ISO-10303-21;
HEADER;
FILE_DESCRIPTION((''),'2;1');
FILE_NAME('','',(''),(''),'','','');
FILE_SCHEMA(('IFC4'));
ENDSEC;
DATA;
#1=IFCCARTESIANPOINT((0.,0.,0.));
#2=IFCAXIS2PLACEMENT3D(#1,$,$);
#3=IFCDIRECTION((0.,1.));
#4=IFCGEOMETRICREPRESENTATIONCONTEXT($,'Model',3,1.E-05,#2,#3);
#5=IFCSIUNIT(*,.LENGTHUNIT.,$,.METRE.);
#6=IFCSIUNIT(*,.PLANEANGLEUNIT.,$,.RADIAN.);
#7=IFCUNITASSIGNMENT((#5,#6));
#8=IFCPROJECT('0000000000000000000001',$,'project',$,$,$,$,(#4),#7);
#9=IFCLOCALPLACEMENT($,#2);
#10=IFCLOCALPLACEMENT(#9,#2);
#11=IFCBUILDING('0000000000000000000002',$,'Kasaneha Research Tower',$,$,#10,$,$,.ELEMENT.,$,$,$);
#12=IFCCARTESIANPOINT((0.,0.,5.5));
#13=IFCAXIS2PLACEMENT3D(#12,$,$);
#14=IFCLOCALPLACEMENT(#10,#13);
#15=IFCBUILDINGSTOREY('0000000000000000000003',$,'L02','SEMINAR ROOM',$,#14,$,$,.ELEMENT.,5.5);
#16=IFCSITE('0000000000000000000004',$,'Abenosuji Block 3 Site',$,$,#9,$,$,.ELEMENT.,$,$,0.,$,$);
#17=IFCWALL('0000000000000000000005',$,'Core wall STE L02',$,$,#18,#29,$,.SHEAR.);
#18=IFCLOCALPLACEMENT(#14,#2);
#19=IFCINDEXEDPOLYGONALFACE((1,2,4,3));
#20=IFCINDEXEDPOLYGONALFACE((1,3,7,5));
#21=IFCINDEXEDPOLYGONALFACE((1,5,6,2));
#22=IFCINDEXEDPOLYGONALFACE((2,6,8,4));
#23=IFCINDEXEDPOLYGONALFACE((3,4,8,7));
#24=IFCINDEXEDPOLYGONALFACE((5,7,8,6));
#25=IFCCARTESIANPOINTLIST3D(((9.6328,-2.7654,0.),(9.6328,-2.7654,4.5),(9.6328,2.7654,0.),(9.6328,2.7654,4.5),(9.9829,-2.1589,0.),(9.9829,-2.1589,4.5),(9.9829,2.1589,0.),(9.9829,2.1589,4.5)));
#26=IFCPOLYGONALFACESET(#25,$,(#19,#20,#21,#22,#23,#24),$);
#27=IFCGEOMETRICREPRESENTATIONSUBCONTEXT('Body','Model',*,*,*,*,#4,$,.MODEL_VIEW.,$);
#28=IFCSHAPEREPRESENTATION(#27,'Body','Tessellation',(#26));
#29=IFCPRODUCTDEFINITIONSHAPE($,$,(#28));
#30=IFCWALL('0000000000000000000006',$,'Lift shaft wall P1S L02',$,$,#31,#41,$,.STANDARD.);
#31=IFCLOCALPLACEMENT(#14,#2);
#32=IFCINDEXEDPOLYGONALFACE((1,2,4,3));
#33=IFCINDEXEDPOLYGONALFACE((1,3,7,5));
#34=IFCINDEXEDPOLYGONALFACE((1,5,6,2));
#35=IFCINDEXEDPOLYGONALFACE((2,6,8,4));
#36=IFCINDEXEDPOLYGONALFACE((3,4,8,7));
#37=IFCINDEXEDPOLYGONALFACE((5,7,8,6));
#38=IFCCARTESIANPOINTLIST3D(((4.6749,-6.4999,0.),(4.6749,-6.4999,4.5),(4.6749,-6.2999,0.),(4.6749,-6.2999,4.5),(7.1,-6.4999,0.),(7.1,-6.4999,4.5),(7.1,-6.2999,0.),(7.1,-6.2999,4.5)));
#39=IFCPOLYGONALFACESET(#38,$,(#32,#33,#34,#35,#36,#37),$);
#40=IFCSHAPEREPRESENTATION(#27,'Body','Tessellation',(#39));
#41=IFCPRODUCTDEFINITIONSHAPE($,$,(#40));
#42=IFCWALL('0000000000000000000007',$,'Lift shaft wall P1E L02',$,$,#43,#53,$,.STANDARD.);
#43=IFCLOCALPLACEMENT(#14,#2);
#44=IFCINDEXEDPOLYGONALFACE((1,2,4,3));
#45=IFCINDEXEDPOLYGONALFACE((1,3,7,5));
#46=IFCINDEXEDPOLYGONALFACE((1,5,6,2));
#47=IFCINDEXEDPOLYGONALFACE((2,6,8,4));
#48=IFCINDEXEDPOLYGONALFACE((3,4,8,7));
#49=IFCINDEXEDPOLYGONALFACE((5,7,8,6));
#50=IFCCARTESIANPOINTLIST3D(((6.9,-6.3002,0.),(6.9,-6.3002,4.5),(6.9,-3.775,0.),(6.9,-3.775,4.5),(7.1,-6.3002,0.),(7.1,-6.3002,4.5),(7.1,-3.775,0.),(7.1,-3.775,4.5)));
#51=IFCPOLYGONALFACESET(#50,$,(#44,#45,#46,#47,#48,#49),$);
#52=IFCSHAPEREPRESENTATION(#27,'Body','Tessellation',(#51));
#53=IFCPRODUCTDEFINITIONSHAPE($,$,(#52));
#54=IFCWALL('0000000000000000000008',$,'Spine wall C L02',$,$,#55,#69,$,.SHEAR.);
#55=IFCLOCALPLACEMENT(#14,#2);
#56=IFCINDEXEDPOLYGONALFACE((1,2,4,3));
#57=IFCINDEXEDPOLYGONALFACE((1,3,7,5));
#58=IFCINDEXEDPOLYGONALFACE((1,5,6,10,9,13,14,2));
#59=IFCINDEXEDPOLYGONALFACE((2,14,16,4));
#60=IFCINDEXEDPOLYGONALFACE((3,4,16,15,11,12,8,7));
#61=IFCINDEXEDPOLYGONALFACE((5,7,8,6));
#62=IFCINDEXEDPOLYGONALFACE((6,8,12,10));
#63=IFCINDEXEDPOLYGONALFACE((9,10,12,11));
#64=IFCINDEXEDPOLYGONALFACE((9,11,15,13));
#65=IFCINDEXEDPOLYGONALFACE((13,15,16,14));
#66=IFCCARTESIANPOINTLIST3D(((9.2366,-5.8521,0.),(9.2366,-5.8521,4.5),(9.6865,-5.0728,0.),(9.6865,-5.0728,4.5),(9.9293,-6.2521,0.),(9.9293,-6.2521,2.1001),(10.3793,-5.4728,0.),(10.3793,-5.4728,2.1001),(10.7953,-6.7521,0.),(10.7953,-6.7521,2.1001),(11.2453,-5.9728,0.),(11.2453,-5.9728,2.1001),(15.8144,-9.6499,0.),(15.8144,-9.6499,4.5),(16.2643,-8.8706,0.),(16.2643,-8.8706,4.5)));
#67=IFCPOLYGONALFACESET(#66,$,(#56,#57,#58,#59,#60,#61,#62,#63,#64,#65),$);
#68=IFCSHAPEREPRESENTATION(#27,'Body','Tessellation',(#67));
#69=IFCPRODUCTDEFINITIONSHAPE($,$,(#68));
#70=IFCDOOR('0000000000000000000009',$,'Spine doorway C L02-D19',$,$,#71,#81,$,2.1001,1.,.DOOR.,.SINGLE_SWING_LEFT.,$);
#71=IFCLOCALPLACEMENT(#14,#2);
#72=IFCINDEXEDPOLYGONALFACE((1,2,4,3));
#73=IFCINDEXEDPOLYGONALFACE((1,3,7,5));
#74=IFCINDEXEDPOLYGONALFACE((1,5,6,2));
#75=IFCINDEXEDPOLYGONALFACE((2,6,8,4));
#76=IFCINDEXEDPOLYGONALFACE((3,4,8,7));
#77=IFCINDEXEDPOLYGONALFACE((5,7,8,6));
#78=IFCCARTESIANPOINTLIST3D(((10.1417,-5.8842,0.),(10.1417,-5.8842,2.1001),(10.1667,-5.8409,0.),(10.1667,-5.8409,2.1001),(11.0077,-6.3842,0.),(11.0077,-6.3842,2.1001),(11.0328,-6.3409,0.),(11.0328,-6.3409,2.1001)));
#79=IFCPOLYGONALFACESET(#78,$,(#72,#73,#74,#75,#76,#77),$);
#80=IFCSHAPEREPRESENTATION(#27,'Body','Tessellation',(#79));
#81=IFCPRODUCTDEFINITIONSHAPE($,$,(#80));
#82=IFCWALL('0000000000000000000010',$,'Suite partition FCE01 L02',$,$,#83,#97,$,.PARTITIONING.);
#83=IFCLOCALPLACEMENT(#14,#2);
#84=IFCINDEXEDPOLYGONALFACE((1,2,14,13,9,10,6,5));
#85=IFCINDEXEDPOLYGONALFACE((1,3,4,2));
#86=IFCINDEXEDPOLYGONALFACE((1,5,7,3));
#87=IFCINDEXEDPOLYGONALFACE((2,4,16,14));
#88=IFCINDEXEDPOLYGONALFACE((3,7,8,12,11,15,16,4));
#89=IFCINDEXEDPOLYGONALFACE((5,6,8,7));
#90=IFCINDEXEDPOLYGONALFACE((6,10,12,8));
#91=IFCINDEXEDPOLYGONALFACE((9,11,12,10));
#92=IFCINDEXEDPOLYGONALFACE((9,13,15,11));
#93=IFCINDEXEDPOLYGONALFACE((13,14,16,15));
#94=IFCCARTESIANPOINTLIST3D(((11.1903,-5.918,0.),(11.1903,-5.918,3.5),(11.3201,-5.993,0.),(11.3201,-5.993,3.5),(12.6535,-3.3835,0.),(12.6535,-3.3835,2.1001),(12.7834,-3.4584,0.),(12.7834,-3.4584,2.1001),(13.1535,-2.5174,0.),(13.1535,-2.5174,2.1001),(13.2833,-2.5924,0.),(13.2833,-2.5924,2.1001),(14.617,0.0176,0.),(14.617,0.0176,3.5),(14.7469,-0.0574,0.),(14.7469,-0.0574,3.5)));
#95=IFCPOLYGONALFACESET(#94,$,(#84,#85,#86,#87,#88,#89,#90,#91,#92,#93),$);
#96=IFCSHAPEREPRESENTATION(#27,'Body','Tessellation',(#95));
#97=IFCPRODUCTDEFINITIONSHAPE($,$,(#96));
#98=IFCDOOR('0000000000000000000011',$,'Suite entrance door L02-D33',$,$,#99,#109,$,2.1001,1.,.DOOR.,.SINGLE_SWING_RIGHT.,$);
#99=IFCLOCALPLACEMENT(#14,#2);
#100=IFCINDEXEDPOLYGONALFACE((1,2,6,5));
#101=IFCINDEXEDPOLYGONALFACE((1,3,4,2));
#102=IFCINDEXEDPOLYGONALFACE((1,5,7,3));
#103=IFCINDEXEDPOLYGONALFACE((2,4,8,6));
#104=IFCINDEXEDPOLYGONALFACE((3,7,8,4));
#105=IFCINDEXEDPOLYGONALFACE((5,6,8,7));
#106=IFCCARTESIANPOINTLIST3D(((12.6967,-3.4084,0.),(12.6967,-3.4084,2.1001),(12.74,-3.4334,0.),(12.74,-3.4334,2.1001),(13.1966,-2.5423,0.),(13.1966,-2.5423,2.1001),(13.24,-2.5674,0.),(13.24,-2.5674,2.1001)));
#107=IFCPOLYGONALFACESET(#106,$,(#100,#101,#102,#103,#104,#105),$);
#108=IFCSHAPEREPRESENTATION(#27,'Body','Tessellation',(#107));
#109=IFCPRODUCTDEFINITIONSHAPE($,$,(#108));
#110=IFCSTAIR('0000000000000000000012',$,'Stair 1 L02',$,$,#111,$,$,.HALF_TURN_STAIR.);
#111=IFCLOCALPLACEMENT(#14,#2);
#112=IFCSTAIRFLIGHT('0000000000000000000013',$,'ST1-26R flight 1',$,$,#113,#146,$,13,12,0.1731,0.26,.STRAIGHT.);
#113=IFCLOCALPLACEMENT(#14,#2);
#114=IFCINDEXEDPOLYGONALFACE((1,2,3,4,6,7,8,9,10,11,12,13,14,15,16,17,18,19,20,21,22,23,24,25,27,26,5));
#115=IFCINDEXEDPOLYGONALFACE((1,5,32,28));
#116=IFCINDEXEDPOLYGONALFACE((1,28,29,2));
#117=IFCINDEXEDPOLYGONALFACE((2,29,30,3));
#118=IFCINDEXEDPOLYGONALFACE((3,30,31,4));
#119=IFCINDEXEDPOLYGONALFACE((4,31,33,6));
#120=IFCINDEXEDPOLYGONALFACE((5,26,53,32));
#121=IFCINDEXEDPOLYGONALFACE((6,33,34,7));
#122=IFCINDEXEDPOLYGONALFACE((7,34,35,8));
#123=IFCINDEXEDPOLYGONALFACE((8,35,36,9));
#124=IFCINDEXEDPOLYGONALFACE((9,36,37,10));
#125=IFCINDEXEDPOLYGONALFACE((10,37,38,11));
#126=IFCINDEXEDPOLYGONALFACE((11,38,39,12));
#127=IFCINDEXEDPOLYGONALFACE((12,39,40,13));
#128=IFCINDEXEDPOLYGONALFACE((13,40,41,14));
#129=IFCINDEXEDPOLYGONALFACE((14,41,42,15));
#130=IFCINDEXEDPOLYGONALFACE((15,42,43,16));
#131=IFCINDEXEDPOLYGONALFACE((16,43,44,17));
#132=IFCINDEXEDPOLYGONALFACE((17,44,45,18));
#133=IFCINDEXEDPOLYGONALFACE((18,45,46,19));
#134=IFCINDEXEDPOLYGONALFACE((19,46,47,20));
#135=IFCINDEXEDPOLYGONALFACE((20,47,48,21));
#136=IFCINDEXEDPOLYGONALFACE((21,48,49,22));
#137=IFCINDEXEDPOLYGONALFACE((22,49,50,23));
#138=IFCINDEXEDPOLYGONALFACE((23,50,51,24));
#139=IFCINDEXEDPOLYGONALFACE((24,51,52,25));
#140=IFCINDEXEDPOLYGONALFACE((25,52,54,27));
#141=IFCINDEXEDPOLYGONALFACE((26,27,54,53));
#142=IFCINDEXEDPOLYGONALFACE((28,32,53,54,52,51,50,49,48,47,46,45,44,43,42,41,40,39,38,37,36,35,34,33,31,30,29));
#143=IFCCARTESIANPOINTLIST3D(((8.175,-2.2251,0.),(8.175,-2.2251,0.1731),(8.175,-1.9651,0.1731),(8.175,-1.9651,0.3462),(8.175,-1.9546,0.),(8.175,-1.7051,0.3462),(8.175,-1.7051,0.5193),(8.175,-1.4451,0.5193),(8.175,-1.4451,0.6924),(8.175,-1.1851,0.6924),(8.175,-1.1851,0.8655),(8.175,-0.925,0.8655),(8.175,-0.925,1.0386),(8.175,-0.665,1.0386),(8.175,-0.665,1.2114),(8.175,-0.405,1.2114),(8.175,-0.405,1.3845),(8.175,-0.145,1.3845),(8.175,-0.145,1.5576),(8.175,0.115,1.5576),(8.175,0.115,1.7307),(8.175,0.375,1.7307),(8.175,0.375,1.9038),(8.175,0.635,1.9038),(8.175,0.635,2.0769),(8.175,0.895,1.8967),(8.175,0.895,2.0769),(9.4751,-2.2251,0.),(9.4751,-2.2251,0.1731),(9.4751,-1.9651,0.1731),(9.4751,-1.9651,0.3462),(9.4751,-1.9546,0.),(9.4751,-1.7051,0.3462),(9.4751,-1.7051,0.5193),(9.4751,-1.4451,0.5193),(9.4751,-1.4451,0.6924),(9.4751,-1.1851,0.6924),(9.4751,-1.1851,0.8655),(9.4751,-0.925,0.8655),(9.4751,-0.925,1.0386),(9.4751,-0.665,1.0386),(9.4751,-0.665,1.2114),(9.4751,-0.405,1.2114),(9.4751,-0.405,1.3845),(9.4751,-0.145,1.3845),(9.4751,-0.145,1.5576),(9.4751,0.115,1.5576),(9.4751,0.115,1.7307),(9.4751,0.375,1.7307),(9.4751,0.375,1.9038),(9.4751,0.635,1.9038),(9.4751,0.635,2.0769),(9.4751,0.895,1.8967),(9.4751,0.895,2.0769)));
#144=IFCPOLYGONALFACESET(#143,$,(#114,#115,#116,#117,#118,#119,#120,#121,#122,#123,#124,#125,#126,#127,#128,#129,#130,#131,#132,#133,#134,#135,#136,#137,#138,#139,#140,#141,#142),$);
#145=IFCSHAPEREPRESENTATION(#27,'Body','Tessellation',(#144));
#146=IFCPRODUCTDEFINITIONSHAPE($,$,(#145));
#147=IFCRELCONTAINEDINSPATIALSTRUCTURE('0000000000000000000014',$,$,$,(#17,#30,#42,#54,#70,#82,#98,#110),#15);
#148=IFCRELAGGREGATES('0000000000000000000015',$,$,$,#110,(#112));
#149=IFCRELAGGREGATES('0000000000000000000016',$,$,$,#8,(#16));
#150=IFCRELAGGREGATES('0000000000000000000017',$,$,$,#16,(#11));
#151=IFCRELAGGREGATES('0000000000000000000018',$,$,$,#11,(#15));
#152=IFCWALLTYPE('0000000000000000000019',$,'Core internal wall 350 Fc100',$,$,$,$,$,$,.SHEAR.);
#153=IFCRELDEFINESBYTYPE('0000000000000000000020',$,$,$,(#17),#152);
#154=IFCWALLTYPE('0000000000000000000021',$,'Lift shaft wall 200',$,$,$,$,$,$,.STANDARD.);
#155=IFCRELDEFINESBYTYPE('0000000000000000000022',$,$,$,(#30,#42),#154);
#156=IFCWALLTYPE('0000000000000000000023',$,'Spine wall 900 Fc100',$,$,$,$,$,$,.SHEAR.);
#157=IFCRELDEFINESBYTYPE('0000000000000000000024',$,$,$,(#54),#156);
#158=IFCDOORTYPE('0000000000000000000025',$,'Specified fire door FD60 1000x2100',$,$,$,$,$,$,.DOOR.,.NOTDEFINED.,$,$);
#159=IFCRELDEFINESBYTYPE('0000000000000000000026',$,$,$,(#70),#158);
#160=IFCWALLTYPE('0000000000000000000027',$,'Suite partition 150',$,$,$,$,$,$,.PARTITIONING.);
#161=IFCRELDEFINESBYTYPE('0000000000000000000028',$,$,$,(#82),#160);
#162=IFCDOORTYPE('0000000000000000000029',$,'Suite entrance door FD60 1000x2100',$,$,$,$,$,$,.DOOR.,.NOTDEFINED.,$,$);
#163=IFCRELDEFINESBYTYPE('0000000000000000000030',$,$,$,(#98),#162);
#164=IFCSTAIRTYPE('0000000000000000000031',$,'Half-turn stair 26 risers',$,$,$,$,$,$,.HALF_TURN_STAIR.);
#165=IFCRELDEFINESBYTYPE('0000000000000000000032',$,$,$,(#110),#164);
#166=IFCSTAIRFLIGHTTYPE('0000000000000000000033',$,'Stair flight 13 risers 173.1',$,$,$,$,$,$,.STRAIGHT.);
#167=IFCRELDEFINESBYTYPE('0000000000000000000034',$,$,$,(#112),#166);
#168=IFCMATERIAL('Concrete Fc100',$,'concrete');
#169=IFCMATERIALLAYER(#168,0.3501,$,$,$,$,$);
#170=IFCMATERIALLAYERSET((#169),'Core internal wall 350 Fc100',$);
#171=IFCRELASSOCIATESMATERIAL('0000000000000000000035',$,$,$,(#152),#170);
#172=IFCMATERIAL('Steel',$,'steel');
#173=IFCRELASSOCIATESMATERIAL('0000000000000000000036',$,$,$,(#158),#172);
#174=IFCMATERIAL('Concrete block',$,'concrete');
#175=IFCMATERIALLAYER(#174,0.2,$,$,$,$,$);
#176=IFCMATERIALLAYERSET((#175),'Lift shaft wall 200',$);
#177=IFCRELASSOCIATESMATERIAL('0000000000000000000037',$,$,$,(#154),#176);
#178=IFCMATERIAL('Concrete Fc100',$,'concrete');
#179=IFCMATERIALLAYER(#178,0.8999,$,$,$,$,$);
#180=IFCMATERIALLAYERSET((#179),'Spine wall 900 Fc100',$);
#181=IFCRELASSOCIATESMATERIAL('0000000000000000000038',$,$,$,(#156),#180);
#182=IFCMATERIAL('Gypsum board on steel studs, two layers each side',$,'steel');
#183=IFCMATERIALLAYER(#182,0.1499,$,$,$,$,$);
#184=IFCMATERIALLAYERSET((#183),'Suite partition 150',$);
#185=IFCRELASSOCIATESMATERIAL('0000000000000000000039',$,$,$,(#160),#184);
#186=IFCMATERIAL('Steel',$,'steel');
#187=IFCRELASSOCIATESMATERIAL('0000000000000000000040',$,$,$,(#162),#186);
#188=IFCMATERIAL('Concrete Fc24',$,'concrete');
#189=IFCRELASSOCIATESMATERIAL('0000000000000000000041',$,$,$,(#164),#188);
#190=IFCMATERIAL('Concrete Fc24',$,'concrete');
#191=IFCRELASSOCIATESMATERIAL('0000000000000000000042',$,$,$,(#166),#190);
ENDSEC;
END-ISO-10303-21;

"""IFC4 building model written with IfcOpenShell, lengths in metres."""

from ifc_helpers import new_model, si_unit, direction, frame, frame_2d, origin, place, context, subcontext, project, spatial, polyline, rectangle, outline, extrude, material, layer, layer_set, type_object, element, fill, aggregate, save


model = new_model("IFC4")

# Units and contexts
model_context = context("Model", 3, precision=1e-05, world=origin(), true_north=direction((0.0, 1.0)))
body_context = subcontext(model_context, "Body", "Model", "MODEL_VIEW")
ifc_project = project(units=[si_unit("LENGTHUNIT", "METRE"), si_unit("PLANEANGLEUNIT", "RADIAN")], contexts=[model_context])

# Site, building, storey
site_placement = place(None, origin())
site = spatial("IfcSite", under=ifc_project, at=site_placement, Name="Abenosuji Block 3 Site", CompositionType="ELEMENT", RefElevation=0.0)
building_placement = place(site_placement, origin())
building = spatial("IfcBuilding", under=site, at=building_placement, Name="Kasaneha Research Tower", CompositionType="ELEMENT")
storey_placement = place(building_placement, frame((0.0, 0.0, 5.5)))
storey = spatial("IfcBuildingStorey", under=building, at=storey_placement, Name="L02", Description="SEMINAR ROOM", CompositionType="ELEMENT", Elevation=5.5)

# Shared definitions
ifc_material_1 = material(Name="Concrete Fc100", Category="concrete")
ifc_layer_1 = layer(ifc_material_1, 0.3501)
ifc_layer_set_1 = layer_set([ifc_layer_1], Name="Core internal wall 350 Fc100")
wall_type_1 = type_object("IfcWallType", Name="Core internal wall 350 Fc100", PredefinedType="SHEAR", material=ifc_layer_set_1)
ifc_material_2 = material(Name="Steel", Category="steel")
door_type_1 = type_object("IfcDoorType", Name="Specified fire door FD60 1000x2100", OperationType="NOTDEFINED", PredefinedType="DOOR", material=ifc_material_2)

# Walls
wall_1_placement = place(storey_placement, frame((9.8079, -2.4622, 0.0), z_axis=(0.0, 0.0, 1.0), x_axis=(0.0, 1.0, 0.0)))
element("IfcWall", 1, at=wall_1_placement, inside=storey, type_object=wall_type_1, Name="Core wall STE L02", PredefinedType="SHEAR", context=body_context, shape_type="SweptSolid", body=[
    extrude(outline(polyline([(0.3032, -0.175), (4.6211, -0.175), (5.2275, 0.175), (-0.3032, 0.175), (0.3032, -0.175)])), origin(), (0.0, 0.0, 1.0), 4.5),
])
ifc_material_3 = material(Name="Concrete block", Category="concrete")
ifc_layer_2 = layer(ifc_material_3, 0.2)
ifc_layer_set_2 = layer_set([ifc_layer_2], Name="Lift shaft wall 200")
wall_type_2 = type_object("IfcWallType", Name="Lift shaft wall 200", PredefinedType="STANDARD", material=ifc_layer_set_2)
wall_2_placement = place(storey_placement, frame((4.675, -6.3999, 0.0), z_axis=(0.0, 0.0, 1.0), x_axis=(1.0, 0.0, 0.0)))
element("IfcWall", 2, at=wall_2_placement, inside=storey, type_object=wall_type_2, Name="Lift shaft wall P1S L02", PredefinedType="STANDARD", context=body_context, shape_type="SweptSolid", body=[
    extrude(rectangle(XDim=2.425, YDim=0.2, at=frame_2d((1.2124, 0.0))), origin(), (0.0, 0.0, 1.0), 4.5),
])
wall_3_placement = place(storey_placement, frame((7.0, -3.7749, 0.0), z_axis=(0.0, 0.0, 1.0), x_axis=(0.0, -1.0, 0.0)))
element("IfcWall", 3, at=wall_3_placement, inside=storey, type_object=wall_type_2, Name="Lift shaft wall P1E L02", PredefinedType="STANDARD", context=body_context, shape_type="SweptSolid", body=[
    extrude(rectangle(XDim=2.5251, YDim=0.2, at=frame_2d((1.2627, 0.0))), origin(), (0.0, 0.0, 1.0), 4.5),
])

# Walls, openings, doors
ifc_material_4 = material(Name="Concrete Fc100", Category="concrete")
ifc_layer_3 = layer(ifc_material_4, 0.8999)
ifc_layer_set_3 = layer_set([ifc_layer_3], Name="Spine wall 900 Fc100")
wall_type_3 = type_object("IfcWallType", Name="Spine wall 900 Fc100", PredefinedType="SHEAR", material=ifc_layer_set_3)
wall_4_placement = place(storey_placement, frame((9.4614, -5.4624, 0.0), z_axis=(0.0, 0.0, 1.0), x_axis=(0.866019, -0.500011, 0.0)))
wall_4 = element("IfcWall", 4, at=wall_4_placement, inside=storey, type_object=wall_type_3, Name="Spine wall C L02", PredefinedType="SHEAR", context=body_context, shape_type="SweptSolid", body=[
    extrude(rectangle(XDim=7.5955, YDim=0.8999, at=frame_2d((3.7979, 0.0))), origin(), (0.0, 0.0, 1.0), 4.5),
])
opening_1_placement = place(wall_4_placement, frame((0.8, 0.0, 0.0)))
opening_1 = element("IfcOpeningElement", 5, at=opening_1_placement, cuts=wall_4, PredefinedType="OPENING", context=body_context, shape_type="SweptSolid", body=[
    extrude(rectangle(XDim=1.0, YDim=2.1001, at=frame_2d((0.5, 1.05))), frame((0.0, 0.46, 0.0), z_axis=(0.0, -1.0, 0.0), x_axis=(1.0, 0.0, 0.0)), (0.0, 0.0, 1.0), 0.9199),
])
door_1_placement = place(opening_1_placement, origin())
door_1 = element("IfcDoor", 6, at=door_1_placement, inside=storey, type_object=door_type_1, Name="Spine doorway C L02-D19", OperationType="SINGLE_SWING_LEFT", OverallHeight=2.1001, OverallWidth=1.0, PredefinedType="DOOR", context=body_context, shape_type="SweptSolid", body=[
    extrude(rectangle(XDim=1.0, YDim=2.1001, at=frame_2d((0.5, 1.05))), frame((0.0, 0.0249, 0.0), z_axis=(0.0, -1.0, 0.0), x_axis=(1.0, 0.0, 0.0)), (0.0, 0.0, 1.0), 0.05),
])
fill(opening_1, door_1)
ifc_material_5 = material(Name="Gypsum board on steel studs, two layers each side", Category="steel")
ifc_layer_4 = layer(ifc_material_5, 0.1499)
ifc_layer_set_4 = layer_set([ifc_layer_4], Name="Suite partition 150")
wall_type_4 = type_object("IfcWallType", Name="Suite partition 150", PredefinedType="PARTITIONING", material=ifc_layer_set_4)
wall_5_placement = place(storey_placement, frame((14.6819, -0.02, 0.0), z_axis=(0.0, 0.0, 1.0), x_axis=(-0.499986, -0.866034, 0.0)))
wall_5 = element("IfcWall", 7, at=wall_5_placement, inside=storey, type_object=wall_type_4, Name="Suite partition FCE01 L02", PredefinedType="PARTITIONING", context=body_context, shape_type="SweptSolid", body=[
    extrude(rectangle(XDim=6.8538, YDim=0.1499, at=frame_2d((3.4268, 0.0))), origin(), (0.0, 0.0, 1.0), 3.5),
])
opening_2_placement = place(wall_5_placement, frame((2.927, 0.0, 0.0)))
opening_2 = element("IfcOpeningElement", 8, at=opening_2_placement, cuts=wall_5, PredefinedType="OPENING", context=body_context, shape_type="SweptSolid", body=[
    extrude(rectangle(XDim=1.0, YDim=2.1001, at=frame_2d((0.5, 1.05))), frame((0.0, 0.085, 0.0), z_axis=(0.0, -1.0, 0.0), x_axis=(1.0, 0.0, 0.0)), (0.0, 0.0, 1.0), 0.1699),
])
ifc_material_6 = material(Name="Steel", Category="steel")
door_type_2 = type_object("IfcDoorType", Name="Suite entrance door FD60 1000x2100", OperationType="NOTDEFINED", PredefinedType="DOOR", material=ifc_material_6)
door_2_placement = place(opening_2_placement, origin())
door_2 = element("IfcDoor", 9, at=door_2_placement, inside=storey, type_object=door_type_2, Name="Suite entrance door L02-D33", OperationType="SINGLE_SWING_RIGHT", OverallHeight=2.1001, OverallWidth=1.0, PredefinedType="DOOR", context=body_context, shape_type="SweptSolid", body=[
    extrude(rectangle(XDim=1.0, YDim=2.1001, at=frame_2d((0.5, 1.05))), frame((0.0, 0.0249, 0.0), z_axis=(0.0, -1.0, 0.0), x_axis=(1.0, 0.0, 0.0)), (0.0, 0.0, 1.0), 0.05),
])
fill(opening_2, door_2)

# Stair, stair flight
ifc_material_7 = material(Name="Concrete Fc24", Category="concrete")
stair_type = type_object("IfcStairType", Name="Half-turn stair 26 risers", PredefinedType="HALF_TURN_STAIR", material=ifc_material_7)
stair_placement = place(storey_placement, origin())
stair = element("IfcStair", 10, at=stair_placement, inside=storey, type_object=stair_type, Name="Stair 1 L02", PredefinedType="HALF_TURN_STAIR")
ifc_material_8 = material(Name="Concrete Fc24", Category="concrete")
stair_flight_type = type_object("IfcStairFlightType", Name="Stair flight 13 risers 173.1", PredefinedType="STRAIGHT", material=ifc_material_8)
stair_flight_placement = place(storey_placement, frame((8.825, -2.2251, 0.0), z_axis=(0.0, 0.0, 1.0), x_axis=(0.0, 1.0, 0.0)))
stair_flight = element("IfcStairFlight", 11, at=stair_flight_placement, type_object=stair_flight_type, Name="ST1-26R flight 1", NumberOfRisers=13, NumberOfTreads=12, PredefinedType="STRAIGHT", RiserHeight=0.1731, TreadLength=0.26, context=body_context, shape_type="SweptSolid", body=[
    extrude(outline(polyline([(0.0, 0.0), (0.0, 0.1731), (0.26, 0.1731), (0.26, 0.3462), (0.52, 0.3462), (0.52, 0.5193), (0.78, 0.5193), (0.78, 0.6924), (1.04, 0.6924), (1.04, 0.8655), (1.3, 0.8655), (1.3, 1.0386), (1.5601, 1.0386), (1.5601, 1.2114), (1.8201, 1.2114), (1.8201, 1.3845), (2.0801, 1.3845), (2.0801, 1.5576), (2.3401, 1.5576), (2.3401, 1.7307), (2.6001, 1.7307), (2.6001, 1.9038), (2.8601, 1.9038), (2.8601, 2.0769), (3.1201, 2.0769), (3.1201, 2.25), (3.1201, 1.8967), (0.2705, 0.0), (0.0, 0.0)])), frame((0.0, 0.6499, 0.0), z_axis=(0.0, -1.0, 0.0), x_axis=(1.0, 0.0, 0.0)), (0.0, 0.0, 1.0), 1.3),
])
aggregate(stair, [stair_flight])

save(model, "model.ifc")
